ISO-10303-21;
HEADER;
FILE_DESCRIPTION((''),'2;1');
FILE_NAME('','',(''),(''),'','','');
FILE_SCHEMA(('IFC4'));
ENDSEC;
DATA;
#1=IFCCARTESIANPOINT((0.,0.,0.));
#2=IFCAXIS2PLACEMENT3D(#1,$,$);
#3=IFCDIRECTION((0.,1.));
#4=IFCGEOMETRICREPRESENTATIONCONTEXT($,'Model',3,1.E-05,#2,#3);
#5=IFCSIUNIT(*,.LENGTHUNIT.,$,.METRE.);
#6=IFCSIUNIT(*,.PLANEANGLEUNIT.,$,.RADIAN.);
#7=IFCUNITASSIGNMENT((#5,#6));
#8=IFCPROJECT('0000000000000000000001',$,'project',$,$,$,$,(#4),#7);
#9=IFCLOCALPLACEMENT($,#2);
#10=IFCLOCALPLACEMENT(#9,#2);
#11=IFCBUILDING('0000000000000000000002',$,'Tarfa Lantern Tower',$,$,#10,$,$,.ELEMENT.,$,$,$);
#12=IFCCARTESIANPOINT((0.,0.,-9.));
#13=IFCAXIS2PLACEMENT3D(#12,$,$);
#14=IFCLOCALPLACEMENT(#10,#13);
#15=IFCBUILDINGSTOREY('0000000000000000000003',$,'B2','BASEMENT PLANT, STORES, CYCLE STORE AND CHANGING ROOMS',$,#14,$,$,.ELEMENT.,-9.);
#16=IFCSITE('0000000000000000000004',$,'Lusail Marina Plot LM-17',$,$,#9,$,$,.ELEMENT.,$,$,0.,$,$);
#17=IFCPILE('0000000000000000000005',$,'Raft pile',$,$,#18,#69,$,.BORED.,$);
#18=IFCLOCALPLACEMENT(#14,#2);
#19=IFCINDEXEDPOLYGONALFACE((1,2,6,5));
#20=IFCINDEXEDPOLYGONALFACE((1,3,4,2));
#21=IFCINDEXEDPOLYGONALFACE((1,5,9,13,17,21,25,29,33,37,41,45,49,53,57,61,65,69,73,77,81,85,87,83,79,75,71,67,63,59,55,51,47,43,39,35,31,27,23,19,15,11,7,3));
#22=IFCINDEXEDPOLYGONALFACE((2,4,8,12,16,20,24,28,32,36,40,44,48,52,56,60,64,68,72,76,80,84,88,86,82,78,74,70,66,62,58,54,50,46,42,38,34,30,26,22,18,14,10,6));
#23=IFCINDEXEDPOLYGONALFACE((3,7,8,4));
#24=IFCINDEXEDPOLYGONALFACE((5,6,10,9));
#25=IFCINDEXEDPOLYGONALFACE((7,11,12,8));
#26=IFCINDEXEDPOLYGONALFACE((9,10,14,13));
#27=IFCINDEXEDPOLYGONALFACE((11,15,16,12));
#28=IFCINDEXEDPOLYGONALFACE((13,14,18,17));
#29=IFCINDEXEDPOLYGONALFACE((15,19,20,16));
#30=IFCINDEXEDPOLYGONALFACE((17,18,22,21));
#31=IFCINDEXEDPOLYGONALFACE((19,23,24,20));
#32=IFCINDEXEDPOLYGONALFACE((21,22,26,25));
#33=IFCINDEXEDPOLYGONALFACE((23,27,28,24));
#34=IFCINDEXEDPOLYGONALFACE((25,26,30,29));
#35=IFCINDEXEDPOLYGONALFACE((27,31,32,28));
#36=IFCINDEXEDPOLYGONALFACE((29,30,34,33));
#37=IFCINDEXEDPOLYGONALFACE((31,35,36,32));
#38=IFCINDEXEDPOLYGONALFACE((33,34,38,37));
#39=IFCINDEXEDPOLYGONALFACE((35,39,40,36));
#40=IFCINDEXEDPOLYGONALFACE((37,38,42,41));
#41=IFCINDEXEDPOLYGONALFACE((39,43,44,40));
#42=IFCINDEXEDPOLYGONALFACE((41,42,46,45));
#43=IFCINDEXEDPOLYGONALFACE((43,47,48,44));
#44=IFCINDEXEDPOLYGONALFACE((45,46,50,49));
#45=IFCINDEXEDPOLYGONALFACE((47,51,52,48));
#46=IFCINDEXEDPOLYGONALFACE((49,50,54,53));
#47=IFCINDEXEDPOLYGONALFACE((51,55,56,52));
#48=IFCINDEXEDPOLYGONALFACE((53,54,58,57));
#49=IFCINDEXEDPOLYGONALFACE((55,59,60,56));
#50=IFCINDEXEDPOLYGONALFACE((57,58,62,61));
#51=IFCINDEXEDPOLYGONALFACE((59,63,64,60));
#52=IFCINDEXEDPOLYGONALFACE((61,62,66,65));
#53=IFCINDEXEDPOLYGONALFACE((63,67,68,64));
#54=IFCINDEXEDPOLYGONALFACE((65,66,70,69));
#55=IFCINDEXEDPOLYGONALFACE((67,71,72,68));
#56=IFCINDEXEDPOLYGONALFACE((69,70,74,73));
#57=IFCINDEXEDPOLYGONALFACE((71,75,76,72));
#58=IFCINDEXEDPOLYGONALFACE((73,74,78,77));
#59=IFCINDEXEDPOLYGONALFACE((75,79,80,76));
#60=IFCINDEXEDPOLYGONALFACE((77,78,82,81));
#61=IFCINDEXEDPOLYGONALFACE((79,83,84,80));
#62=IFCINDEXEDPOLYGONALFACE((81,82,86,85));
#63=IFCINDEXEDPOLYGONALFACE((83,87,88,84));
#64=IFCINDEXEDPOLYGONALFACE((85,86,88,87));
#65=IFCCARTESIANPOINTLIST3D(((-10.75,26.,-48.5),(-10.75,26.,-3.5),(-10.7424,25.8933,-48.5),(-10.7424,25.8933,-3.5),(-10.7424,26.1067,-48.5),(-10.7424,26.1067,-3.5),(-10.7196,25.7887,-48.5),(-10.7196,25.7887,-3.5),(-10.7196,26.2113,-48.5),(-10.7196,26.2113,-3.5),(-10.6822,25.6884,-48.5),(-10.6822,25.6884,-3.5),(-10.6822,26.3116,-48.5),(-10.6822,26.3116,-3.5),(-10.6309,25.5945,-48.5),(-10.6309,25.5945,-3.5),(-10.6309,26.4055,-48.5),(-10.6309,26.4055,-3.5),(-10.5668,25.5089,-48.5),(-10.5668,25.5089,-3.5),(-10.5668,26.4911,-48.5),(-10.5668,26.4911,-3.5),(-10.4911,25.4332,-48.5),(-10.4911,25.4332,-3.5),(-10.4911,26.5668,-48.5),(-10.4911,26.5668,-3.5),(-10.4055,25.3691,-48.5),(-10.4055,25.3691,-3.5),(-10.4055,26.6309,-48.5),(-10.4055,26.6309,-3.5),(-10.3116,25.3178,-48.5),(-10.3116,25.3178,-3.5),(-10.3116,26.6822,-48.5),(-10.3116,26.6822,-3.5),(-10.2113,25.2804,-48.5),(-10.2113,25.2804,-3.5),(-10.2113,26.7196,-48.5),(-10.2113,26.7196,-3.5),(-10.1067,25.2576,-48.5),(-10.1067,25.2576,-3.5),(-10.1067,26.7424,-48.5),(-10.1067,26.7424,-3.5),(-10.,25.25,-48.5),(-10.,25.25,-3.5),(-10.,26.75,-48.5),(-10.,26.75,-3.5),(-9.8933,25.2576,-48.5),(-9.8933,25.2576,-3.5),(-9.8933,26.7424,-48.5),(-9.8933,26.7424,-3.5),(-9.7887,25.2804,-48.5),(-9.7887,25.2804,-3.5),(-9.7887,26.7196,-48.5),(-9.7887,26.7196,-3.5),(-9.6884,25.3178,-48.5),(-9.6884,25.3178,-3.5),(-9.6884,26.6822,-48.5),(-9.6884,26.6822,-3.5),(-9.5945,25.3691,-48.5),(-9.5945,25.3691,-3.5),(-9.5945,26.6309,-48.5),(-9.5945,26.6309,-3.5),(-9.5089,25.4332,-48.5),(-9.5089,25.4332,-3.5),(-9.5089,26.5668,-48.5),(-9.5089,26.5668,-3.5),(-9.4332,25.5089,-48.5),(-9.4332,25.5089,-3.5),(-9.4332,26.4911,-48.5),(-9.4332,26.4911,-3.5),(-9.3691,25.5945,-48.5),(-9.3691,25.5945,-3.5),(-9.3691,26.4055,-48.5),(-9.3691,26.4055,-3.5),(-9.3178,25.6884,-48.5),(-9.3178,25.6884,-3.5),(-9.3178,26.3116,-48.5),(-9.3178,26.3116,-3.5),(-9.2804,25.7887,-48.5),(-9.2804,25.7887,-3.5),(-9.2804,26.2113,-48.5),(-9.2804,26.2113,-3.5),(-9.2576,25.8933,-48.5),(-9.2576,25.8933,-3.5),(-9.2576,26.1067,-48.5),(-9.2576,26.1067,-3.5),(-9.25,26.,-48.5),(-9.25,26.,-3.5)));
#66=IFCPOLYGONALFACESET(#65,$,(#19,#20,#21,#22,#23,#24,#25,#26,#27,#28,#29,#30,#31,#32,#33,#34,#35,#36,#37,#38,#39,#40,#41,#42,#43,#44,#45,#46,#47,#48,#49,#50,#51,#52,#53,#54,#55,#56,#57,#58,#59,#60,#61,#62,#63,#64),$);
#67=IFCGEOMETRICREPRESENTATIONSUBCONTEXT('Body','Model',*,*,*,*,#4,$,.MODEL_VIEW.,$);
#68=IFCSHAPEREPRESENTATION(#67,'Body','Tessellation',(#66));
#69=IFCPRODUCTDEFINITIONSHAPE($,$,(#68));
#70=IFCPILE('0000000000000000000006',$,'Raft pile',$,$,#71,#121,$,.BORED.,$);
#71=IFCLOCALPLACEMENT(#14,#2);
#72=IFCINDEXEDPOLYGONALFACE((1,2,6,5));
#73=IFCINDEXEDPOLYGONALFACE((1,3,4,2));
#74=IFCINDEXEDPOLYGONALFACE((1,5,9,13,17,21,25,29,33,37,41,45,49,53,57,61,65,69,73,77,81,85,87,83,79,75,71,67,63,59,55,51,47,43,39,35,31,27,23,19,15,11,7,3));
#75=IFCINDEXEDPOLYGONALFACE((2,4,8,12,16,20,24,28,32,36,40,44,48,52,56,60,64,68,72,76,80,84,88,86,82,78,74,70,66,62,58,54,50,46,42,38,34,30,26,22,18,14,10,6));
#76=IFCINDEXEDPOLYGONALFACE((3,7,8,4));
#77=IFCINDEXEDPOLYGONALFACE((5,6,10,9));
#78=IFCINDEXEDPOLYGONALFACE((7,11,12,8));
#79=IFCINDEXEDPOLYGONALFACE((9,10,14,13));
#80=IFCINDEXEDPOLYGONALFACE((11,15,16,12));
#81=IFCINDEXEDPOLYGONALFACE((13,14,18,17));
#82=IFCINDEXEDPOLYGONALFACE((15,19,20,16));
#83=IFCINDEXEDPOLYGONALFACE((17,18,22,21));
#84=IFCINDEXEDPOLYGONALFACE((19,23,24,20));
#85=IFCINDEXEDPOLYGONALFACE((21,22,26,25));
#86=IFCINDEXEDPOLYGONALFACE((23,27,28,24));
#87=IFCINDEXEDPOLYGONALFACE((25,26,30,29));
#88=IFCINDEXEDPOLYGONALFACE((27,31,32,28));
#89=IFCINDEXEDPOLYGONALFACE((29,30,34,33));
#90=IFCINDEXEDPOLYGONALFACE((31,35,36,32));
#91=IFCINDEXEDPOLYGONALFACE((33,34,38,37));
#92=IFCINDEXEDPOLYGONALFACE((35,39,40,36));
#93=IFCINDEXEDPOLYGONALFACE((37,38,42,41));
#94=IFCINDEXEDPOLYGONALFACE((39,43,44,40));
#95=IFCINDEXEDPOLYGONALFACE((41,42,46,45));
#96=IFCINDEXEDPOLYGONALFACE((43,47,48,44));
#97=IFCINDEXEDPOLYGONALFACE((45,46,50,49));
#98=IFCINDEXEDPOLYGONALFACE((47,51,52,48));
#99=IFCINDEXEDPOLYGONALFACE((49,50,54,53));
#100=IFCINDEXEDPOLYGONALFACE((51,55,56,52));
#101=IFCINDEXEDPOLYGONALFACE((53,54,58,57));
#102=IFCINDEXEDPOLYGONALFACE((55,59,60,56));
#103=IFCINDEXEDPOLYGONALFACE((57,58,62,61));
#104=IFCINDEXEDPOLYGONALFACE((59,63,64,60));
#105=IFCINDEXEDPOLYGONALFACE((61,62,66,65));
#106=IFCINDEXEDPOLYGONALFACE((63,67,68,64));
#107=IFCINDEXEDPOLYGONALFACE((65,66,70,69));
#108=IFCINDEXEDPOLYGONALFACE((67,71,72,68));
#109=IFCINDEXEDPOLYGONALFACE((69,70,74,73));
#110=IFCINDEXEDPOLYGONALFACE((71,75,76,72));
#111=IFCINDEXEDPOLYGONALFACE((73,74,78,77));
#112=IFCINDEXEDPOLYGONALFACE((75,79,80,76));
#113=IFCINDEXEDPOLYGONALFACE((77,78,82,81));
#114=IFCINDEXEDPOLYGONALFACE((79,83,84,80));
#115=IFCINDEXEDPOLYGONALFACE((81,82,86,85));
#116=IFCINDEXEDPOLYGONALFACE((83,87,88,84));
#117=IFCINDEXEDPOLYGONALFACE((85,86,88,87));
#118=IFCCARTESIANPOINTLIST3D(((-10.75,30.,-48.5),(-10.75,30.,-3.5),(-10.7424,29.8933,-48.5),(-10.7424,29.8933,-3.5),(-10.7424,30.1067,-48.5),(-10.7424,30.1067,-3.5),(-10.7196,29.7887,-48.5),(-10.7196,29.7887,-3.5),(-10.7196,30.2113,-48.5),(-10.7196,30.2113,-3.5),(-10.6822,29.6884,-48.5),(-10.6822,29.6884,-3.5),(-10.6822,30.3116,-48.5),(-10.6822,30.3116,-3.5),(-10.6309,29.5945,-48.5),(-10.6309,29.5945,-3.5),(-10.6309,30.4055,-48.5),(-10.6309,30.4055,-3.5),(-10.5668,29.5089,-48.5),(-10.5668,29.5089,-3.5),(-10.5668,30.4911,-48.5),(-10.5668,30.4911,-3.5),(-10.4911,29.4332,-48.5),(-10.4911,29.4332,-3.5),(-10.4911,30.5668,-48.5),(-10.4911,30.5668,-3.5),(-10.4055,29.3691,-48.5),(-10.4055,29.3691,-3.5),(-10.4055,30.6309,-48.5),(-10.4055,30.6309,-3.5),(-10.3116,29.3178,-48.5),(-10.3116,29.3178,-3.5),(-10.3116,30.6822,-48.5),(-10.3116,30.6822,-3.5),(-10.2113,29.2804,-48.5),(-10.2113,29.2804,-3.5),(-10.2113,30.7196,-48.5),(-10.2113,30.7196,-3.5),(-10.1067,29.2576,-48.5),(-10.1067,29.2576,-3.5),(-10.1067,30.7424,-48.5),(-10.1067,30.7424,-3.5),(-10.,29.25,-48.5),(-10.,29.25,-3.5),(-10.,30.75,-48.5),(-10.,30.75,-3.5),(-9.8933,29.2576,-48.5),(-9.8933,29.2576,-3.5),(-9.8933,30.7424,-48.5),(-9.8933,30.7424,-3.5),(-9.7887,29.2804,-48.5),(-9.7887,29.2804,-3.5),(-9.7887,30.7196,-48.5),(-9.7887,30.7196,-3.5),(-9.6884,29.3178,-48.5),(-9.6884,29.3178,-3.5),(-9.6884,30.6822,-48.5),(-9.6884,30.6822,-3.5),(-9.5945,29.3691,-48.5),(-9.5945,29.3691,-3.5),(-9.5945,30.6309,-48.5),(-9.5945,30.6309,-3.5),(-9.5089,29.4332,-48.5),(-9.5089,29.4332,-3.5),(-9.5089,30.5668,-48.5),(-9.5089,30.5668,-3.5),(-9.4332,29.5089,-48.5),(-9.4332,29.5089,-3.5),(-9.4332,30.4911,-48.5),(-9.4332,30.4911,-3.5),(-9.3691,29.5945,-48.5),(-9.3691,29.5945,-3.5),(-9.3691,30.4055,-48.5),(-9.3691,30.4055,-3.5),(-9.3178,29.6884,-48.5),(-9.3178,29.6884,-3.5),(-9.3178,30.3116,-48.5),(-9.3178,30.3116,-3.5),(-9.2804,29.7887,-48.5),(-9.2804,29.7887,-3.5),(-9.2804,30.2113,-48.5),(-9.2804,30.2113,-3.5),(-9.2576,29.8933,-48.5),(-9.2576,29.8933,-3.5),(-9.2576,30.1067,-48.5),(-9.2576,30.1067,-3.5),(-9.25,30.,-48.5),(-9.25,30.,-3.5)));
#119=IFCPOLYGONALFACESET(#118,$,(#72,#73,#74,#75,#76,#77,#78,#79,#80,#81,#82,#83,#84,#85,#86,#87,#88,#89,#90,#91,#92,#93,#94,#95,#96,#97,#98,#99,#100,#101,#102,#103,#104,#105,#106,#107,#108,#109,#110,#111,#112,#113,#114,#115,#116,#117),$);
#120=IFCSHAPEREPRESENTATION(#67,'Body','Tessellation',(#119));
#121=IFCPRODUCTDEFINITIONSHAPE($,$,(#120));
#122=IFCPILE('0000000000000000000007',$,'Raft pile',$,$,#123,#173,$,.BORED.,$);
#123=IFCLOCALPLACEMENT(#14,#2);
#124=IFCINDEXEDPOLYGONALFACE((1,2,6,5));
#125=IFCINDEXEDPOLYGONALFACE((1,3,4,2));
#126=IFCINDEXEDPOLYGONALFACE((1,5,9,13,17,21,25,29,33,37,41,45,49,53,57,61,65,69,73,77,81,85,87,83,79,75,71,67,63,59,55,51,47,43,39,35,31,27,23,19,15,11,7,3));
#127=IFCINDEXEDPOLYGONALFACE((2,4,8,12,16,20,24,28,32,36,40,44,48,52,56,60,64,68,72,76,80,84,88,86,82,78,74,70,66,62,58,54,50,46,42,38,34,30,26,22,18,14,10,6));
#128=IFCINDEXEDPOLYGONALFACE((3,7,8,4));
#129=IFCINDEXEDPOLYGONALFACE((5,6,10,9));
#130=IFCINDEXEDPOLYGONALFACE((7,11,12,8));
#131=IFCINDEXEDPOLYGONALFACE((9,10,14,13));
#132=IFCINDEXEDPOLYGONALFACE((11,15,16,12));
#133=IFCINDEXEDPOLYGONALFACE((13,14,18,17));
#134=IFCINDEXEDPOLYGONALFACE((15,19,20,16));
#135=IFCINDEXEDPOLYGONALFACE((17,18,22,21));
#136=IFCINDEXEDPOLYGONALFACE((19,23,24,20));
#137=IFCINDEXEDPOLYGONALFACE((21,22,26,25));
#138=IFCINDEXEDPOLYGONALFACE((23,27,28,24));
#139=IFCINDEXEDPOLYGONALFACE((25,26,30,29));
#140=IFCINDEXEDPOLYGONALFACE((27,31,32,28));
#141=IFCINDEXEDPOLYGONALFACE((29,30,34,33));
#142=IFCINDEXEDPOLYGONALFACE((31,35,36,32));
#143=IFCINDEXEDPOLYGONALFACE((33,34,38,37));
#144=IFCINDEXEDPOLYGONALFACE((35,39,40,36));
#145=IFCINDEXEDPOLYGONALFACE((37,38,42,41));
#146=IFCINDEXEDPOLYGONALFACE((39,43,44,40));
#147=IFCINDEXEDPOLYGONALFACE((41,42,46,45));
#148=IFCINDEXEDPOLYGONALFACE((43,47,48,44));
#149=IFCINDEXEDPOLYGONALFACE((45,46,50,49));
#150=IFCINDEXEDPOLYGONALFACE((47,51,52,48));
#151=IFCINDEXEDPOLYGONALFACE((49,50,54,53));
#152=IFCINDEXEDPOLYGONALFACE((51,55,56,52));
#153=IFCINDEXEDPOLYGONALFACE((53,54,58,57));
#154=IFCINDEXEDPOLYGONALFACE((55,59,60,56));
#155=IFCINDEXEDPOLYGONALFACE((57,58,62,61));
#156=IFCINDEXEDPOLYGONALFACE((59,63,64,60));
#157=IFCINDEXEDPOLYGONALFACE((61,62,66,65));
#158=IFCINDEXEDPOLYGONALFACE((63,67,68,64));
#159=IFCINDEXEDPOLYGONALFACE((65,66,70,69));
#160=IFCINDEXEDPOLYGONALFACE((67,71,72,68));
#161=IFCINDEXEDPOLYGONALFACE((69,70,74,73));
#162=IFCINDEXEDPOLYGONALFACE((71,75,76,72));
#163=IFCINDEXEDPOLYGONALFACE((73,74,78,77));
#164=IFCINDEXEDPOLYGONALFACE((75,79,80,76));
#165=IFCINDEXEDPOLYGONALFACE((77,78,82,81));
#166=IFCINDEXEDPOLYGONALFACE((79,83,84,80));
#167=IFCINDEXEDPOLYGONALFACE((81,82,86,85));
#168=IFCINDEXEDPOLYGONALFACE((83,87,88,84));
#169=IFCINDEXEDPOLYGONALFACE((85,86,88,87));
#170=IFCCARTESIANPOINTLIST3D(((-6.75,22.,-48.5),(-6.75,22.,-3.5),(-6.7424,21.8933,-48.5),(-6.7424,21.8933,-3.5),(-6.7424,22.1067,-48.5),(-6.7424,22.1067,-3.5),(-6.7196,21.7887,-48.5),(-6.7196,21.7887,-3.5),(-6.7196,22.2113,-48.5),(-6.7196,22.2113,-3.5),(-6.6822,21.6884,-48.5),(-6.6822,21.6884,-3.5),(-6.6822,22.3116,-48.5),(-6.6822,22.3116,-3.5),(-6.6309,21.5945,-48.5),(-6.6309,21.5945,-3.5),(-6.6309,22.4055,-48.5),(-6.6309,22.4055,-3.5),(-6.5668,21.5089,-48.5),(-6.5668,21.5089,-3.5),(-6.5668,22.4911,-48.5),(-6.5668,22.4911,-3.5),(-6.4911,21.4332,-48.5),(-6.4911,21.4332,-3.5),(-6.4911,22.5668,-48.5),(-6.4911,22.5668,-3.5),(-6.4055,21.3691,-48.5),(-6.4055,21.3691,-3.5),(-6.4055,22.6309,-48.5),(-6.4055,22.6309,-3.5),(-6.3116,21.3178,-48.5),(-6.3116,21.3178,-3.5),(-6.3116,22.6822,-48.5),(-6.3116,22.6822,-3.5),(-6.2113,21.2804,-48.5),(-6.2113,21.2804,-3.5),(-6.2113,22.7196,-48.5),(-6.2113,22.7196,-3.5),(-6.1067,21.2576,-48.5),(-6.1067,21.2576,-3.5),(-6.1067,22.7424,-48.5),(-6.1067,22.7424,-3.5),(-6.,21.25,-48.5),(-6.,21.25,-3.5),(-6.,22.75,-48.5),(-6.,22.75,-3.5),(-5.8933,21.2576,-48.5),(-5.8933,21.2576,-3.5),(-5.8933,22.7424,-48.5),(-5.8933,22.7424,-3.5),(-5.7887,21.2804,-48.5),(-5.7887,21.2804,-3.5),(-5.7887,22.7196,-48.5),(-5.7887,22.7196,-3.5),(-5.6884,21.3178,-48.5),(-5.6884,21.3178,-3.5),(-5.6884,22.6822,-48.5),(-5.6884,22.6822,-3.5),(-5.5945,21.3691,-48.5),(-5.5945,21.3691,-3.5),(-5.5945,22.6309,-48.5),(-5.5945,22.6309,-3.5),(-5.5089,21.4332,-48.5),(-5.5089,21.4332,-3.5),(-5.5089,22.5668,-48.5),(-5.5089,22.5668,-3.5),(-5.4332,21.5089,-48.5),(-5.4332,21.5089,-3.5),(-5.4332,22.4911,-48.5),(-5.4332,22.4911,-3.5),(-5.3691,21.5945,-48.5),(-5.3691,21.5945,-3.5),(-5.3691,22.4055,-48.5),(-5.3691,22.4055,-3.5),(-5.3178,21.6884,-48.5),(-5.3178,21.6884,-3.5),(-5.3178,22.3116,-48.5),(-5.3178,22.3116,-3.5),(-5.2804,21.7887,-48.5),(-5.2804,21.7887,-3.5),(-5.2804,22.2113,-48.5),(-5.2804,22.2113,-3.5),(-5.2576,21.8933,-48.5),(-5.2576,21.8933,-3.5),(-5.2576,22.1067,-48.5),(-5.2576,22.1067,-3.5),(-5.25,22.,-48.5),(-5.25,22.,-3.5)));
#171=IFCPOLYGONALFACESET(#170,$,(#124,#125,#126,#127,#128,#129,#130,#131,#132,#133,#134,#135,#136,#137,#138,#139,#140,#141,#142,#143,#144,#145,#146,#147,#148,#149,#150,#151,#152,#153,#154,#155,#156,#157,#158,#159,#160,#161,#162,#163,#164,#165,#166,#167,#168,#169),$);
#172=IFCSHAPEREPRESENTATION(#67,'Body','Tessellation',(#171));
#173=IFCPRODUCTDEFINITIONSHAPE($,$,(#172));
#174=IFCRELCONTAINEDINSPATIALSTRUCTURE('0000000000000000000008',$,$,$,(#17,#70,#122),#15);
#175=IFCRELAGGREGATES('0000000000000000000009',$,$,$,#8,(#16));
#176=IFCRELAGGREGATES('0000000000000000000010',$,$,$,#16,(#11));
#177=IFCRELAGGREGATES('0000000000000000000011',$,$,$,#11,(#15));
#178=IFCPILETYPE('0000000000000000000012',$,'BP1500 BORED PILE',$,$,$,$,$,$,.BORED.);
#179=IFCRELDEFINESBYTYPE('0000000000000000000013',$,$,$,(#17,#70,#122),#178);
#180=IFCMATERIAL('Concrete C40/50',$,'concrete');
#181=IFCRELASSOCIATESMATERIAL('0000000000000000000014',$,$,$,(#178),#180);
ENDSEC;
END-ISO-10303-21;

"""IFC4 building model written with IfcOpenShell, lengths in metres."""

from ifc_helpers import new_model, si_unit, direction, frame, origin, origin_2d, place, context, subcontext, project, spatial, circle, extrude, material, material_profile, profile_set, type_object, element, save


model = new_model("IFC4")

# Units and contexts
model_context = context("Model", 3, precision=1e-05, world=origin(), true_north=direction((0.0, 1.0)))
body_context = subcontext(model_context, "Body", "Model", "MODEL_VIEW")
ifc_project = project(units=[si_unit("LENGTHUNIT", "METRE"), si_unit("PLANEANGLEUNIT", "RADIAN")], contexts=[model_context])

# Site, building, storey
site_placement = place(None, origin())
site = spatial("IfcSite", under=ifc_project, at=site_placement, Name="Lusail Marina Plot LM-17", CompositionType="ELEMENT", RefElevation=0.0)
building_placement = place(site_placement, origin())
building = spatial("IfcBuilding", under=site, at=building_placement, Name="Tarfa Lantern Tower", CompositionType="ELEMENT")
storey_placement = place(building_placement, frame((0.0, 0.0, -9.0)))
storey = spatial("IfcBuildingStorey", under=building, at=storey_placement, Name="B2", Description="BASEMENT PLANT, STORES, CYCLE STORE AND CHANGING ROOMS", CompositionType="ELEMENT", Elevation=-9.0)

# Piles
ifc_material_1 = material(Name="Concrete C40/50", Category="concrete")
ifc_material_profile_1 = material_profile(ifc_material_1, circle(Radius=0.75, at=origin_2d()), Name="BORED PILE D1500")
ifc_profile_set_1 = profile_set([ifc_material_profile_1], Name="Concrete C40/50")
pile_type = type_object("IfcPileType", Name="BP1500 BORED PILE", PredefinedType="BORED", material=ifc_profile_set_1)
for number, where, z_axis, x_axis, name in (
    (1, (-10.0, 26.0, -3.5), (0.0, 0.0, -1.0), (1.0, 0.0, 0.0), "Raft pile"),
    (2, (-10.0, 30.0, -3.5), (0.0, 0.0, -1.0), (1.0, 0.0, 0.0), "Raft pile"),
    (3, (-6.0, 22.0, -3.5), (0.0, 0.0, -1.0), (1.0, 0.0, 0.0), "Raft pile"),
):
    element("IfcPile", number, at=place(storey_placement, frame(where, z_axis=z_axis, x_axis=x_axis)), inside=storey, type_object=pile_type, Name=name, PredefinedType="BORED", context=body_context, shape_type="SweptSolid", body=[
        extrude(circle(Radius=0.75, at=origin_2d()), origin(), (0.0, 0.0, 1.0), 45.0),
    ])

save(model, "model.ifc")
